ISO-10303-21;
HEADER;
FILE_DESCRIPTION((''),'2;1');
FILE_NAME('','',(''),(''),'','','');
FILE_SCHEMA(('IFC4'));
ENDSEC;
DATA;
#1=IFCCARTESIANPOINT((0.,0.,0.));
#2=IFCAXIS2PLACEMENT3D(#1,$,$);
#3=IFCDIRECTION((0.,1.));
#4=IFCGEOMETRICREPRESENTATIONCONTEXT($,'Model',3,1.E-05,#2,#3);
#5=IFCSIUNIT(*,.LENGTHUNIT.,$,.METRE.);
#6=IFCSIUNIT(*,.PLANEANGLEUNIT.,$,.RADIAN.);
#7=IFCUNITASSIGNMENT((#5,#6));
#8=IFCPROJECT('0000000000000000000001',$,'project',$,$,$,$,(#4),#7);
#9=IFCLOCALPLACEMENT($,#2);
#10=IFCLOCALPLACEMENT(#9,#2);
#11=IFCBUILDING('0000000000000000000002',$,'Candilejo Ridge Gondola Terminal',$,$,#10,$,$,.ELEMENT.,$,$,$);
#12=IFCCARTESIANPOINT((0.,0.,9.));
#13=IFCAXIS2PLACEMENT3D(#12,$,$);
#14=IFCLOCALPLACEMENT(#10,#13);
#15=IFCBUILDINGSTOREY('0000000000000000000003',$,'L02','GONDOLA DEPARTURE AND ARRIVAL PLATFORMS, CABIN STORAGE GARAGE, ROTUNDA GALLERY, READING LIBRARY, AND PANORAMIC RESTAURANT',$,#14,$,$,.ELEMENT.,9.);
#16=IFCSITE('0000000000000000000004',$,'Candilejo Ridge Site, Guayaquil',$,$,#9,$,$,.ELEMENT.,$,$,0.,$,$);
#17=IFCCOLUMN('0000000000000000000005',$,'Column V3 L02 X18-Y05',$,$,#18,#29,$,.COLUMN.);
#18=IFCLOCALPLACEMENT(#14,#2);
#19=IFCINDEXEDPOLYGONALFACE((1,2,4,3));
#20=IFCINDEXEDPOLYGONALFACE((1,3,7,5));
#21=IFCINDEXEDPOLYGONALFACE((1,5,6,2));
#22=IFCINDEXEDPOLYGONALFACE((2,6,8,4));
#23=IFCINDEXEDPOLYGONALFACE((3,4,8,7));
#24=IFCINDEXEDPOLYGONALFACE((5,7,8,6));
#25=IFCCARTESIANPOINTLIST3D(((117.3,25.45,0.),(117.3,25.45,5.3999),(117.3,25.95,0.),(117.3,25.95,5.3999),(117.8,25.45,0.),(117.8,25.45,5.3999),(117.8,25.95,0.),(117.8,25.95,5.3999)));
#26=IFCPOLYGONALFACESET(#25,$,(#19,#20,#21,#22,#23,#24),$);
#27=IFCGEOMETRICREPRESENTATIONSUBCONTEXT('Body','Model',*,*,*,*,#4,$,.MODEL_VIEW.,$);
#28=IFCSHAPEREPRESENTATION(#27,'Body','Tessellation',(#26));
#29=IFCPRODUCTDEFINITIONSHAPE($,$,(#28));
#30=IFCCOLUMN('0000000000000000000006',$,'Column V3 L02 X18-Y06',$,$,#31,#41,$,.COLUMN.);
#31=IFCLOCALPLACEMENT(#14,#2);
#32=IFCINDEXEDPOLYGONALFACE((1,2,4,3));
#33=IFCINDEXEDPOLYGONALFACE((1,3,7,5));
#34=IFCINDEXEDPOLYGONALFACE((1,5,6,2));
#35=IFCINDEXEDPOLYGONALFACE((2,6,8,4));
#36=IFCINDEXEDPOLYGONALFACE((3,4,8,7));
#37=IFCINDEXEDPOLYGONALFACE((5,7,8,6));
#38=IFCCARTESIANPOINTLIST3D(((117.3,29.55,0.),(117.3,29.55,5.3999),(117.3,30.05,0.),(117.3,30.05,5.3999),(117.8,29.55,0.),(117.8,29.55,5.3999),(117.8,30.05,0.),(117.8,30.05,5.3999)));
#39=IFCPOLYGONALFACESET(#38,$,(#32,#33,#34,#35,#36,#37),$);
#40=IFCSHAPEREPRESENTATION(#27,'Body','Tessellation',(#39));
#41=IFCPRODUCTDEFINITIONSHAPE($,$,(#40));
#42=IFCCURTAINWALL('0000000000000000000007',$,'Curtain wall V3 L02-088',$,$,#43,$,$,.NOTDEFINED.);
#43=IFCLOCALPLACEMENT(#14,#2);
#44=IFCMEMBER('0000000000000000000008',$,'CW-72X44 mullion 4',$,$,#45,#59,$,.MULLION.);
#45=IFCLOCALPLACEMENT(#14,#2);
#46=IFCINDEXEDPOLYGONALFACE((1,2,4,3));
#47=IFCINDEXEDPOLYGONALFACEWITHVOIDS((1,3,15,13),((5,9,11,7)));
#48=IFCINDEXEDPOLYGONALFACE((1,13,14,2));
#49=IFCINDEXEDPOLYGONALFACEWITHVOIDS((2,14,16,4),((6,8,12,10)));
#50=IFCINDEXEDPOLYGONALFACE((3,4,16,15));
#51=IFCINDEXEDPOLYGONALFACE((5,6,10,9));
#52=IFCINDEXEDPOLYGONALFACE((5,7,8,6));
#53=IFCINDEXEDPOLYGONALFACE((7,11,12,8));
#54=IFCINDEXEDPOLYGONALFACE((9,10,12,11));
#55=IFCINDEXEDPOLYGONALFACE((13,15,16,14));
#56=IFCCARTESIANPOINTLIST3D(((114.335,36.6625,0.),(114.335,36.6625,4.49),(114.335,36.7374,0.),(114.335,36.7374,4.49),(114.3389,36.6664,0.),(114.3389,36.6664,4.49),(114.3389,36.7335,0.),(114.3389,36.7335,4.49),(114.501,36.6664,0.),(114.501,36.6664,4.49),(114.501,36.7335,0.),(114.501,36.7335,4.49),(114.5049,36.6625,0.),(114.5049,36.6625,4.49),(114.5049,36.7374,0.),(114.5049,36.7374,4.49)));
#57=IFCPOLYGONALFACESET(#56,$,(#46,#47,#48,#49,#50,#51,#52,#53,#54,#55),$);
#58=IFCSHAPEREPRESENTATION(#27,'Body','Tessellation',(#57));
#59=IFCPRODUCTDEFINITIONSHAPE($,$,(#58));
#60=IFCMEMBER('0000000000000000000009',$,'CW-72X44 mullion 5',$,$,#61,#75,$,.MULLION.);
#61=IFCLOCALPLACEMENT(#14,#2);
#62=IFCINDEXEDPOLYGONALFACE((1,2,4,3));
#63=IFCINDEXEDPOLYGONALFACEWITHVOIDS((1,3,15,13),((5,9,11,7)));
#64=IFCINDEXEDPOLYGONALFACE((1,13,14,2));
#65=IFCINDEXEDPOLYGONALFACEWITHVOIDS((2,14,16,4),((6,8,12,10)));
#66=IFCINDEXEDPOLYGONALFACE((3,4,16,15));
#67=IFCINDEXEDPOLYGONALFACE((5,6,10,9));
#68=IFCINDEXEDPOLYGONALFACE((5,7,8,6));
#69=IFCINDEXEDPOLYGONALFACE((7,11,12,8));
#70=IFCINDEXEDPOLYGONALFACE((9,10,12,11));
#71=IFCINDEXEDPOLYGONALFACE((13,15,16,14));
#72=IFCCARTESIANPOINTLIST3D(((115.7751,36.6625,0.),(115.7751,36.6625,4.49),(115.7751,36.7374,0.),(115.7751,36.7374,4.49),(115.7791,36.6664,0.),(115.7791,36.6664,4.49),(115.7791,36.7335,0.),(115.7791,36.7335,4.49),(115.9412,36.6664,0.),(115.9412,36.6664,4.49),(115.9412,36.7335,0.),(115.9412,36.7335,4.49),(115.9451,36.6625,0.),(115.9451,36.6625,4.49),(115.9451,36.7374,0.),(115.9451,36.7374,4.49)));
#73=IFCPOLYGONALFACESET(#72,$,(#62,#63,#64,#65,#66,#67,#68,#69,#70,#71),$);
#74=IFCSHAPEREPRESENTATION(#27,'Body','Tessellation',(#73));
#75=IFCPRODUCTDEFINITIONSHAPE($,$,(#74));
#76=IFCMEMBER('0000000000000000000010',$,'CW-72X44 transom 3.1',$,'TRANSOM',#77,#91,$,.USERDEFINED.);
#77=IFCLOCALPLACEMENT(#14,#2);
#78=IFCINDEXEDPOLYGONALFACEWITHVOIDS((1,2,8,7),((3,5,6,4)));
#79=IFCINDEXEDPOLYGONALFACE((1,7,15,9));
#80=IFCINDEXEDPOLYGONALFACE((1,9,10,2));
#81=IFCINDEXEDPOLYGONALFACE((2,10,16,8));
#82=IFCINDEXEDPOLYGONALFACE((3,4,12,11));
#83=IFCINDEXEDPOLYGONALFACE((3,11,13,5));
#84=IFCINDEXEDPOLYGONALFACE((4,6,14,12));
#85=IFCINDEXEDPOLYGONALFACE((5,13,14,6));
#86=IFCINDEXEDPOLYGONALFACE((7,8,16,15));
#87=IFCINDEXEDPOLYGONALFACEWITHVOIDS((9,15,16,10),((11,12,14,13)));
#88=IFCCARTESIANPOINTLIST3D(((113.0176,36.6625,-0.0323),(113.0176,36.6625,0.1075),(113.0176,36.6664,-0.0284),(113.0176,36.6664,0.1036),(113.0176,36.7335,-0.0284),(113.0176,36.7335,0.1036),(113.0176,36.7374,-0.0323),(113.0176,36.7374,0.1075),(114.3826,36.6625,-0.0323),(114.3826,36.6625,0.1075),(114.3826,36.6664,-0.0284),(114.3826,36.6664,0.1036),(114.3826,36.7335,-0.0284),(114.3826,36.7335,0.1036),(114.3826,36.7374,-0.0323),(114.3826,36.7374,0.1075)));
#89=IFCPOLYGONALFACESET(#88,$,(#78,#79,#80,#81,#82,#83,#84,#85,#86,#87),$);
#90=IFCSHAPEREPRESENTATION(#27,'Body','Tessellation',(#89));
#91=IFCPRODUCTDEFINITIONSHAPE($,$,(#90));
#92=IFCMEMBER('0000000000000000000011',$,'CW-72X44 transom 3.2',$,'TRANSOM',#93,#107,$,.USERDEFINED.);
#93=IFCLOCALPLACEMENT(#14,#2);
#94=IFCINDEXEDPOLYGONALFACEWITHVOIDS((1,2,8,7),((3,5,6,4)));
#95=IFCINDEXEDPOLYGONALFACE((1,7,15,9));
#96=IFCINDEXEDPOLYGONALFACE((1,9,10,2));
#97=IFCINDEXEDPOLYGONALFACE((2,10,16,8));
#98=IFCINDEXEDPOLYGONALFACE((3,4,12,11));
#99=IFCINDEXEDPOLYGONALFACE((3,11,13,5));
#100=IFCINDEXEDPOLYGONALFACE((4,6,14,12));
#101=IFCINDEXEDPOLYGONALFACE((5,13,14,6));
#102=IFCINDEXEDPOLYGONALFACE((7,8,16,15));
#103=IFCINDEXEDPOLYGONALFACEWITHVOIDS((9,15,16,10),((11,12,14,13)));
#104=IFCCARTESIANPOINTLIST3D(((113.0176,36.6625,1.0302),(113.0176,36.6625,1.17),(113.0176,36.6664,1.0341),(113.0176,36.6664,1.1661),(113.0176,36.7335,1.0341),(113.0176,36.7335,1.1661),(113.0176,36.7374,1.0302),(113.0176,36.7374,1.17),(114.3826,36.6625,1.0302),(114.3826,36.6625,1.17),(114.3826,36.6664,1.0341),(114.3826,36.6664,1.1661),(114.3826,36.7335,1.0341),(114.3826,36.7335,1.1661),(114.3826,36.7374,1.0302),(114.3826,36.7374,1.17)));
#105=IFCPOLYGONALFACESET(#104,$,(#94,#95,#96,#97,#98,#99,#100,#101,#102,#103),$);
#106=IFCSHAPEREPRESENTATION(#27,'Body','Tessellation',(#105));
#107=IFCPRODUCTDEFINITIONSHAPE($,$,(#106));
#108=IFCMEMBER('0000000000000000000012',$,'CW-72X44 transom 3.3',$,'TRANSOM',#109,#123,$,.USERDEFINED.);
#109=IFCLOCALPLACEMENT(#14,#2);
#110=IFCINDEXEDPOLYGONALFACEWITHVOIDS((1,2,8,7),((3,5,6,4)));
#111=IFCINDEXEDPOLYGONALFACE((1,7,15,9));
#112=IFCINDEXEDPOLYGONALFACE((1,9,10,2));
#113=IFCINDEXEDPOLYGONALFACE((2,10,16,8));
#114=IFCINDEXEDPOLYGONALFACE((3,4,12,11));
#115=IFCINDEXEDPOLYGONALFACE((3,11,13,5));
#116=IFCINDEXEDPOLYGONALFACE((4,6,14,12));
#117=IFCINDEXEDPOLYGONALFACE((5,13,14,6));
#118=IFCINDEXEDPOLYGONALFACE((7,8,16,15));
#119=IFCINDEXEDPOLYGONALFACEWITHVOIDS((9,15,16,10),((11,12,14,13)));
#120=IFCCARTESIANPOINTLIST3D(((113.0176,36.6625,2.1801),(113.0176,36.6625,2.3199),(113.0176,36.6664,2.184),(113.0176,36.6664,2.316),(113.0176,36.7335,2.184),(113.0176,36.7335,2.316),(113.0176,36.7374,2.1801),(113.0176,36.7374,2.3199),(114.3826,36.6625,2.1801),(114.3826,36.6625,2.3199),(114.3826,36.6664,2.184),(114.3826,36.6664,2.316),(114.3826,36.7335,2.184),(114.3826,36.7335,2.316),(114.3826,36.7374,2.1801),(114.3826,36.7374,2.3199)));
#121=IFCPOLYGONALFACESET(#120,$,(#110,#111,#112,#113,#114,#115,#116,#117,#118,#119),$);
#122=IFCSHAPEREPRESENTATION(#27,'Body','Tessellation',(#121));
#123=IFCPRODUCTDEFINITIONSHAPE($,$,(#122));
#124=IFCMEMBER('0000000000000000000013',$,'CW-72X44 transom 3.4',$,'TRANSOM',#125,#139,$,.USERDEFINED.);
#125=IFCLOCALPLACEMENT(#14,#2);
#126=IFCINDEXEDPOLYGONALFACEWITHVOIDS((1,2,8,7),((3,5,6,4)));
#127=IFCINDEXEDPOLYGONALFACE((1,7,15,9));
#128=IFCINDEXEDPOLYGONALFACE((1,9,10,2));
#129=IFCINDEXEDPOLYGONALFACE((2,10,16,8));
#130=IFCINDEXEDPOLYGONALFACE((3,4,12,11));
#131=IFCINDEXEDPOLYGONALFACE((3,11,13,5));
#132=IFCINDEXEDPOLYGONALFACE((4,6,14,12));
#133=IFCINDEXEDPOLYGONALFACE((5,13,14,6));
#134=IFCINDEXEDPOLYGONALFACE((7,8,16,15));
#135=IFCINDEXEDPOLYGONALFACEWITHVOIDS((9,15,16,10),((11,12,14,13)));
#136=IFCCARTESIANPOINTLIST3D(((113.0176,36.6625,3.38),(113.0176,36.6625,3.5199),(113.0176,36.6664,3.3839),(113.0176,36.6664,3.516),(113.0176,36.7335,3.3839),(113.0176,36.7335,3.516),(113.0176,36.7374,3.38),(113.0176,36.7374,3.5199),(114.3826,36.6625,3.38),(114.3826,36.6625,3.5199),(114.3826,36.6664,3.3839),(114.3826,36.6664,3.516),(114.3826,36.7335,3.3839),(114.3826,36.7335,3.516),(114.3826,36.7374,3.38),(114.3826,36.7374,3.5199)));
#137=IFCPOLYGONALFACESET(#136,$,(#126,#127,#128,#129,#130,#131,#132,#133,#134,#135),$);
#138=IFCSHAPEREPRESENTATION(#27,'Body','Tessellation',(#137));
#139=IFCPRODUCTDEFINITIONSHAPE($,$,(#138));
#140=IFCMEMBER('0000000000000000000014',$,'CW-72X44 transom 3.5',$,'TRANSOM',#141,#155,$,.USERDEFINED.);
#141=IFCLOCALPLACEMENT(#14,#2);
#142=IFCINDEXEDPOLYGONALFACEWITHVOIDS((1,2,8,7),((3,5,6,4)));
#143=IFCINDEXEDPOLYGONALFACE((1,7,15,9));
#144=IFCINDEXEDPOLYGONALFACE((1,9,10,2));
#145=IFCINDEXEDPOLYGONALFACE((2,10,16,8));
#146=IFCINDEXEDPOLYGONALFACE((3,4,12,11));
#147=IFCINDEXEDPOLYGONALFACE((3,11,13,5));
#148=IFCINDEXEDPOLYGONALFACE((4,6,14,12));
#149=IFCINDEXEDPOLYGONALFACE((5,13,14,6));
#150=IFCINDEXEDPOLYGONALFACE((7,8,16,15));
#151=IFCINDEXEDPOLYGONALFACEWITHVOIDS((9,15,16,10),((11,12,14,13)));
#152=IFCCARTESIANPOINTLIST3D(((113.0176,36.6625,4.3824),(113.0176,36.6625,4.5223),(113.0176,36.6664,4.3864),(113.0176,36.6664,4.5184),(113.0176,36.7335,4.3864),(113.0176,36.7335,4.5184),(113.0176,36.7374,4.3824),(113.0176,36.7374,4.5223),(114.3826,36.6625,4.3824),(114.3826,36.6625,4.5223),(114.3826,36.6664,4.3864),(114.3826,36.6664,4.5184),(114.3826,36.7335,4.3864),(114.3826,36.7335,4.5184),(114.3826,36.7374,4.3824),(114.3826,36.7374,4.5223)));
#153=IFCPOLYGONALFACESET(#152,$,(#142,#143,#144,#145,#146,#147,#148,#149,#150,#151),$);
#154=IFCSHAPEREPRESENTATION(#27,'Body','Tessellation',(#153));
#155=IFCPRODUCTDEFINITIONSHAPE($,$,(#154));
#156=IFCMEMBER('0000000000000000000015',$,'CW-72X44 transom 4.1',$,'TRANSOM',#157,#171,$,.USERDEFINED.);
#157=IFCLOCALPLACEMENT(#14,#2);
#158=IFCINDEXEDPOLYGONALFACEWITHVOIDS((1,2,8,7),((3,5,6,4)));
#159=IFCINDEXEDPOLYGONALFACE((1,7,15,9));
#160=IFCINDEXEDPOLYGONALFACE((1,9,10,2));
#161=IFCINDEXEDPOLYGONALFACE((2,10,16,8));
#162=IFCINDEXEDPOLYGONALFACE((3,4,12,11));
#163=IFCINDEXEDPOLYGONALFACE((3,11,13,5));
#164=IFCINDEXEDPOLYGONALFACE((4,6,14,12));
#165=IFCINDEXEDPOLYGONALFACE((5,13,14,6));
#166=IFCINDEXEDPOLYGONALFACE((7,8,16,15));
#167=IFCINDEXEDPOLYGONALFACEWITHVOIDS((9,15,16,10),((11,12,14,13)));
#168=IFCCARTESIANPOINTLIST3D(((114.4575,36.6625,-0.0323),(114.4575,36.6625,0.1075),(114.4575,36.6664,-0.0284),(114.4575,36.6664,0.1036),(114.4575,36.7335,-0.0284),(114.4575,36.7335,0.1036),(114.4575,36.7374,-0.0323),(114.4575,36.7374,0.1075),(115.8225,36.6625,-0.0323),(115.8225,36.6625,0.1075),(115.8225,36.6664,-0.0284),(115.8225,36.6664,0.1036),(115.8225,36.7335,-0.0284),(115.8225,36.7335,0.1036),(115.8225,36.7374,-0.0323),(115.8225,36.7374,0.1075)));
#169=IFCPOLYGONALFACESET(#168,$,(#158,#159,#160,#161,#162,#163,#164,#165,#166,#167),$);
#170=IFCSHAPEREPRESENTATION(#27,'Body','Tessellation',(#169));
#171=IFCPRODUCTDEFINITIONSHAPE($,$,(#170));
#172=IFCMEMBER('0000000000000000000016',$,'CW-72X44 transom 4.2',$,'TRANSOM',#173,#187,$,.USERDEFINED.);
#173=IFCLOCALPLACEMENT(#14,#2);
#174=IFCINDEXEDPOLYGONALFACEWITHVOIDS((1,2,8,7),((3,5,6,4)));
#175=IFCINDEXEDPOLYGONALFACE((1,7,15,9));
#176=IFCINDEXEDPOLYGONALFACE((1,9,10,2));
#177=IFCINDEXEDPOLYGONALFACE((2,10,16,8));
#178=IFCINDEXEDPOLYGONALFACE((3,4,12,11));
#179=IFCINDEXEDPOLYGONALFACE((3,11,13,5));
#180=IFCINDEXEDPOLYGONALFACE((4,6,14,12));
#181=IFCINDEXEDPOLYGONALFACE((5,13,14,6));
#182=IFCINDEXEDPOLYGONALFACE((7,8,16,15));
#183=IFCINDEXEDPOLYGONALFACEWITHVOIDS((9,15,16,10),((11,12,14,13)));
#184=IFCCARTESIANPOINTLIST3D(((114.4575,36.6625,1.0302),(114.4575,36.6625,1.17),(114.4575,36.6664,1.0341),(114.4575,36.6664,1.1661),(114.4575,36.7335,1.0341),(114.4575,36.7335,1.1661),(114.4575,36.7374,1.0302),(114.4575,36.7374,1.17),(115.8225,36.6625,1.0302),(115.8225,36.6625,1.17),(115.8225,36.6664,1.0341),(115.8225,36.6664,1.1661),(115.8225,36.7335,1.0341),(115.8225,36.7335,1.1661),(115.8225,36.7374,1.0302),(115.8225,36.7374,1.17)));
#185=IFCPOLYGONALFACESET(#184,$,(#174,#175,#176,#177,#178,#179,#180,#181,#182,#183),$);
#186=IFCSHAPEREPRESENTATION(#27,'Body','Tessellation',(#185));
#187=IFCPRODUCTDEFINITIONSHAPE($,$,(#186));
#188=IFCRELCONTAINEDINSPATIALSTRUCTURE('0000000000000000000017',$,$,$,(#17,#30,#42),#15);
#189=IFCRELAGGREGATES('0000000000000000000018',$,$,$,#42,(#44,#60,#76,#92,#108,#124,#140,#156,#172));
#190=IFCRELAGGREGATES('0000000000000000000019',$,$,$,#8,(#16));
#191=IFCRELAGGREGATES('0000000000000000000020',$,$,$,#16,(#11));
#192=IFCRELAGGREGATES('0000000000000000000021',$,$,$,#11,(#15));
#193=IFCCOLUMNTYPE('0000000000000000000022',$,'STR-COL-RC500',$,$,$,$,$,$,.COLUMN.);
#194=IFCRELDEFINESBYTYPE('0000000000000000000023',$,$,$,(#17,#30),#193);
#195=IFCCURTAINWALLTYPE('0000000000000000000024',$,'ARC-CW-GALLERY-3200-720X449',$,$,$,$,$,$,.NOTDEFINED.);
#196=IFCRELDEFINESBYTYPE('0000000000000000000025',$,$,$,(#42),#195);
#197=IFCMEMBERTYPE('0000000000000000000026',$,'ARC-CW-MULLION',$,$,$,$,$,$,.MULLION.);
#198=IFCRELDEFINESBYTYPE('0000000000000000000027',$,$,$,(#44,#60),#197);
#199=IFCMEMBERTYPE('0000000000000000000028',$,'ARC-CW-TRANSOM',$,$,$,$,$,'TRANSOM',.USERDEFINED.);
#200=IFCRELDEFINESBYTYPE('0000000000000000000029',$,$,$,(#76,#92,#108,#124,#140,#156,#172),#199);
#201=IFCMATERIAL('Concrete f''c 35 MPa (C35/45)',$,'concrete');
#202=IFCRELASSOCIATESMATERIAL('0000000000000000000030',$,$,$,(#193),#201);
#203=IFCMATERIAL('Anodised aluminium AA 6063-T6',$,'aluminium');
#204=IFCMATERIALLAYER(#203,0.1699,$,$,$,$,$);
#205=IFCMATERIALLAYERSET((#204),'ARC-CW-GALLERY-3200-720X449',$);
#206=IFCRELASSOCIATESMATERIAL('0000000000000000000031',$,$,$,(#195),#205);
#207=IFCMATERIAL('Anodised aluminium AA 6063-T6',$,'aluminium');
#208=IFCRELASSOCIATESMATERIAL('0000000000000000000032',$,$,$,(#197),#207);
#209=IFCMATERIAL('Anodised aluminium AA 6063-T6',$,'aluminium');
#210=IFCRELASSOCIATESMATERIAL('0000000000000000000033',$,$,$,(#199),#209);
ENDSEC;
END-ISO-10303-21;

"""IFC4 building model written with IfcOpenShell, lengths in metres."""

from ifc_helpers import new_model, si_unit, direction, frame, origin, origin_2d, place, context, subcontext, project, spatial, rectangle, hollow_rectangle, extrude, material, layer, layer_set, material_profile, profile_set, type_object, element, aggregate, save


model = new_model("IFC4")

# Units and contexts
model_context = context("Model", 3, precision=1e-05, world=origin(), true_north=direction((0.0, 1.0)))
body_context = subcontext(model_context, "Body", "Model", "MODEL_VIEW")
ifc_project = project(units=[si_unit("LENGTHUNIT", "METRE"), si_unit("PLANEANGLEUNIT", "RADIAN")], contexts=[model_context])

# Site, building, storey
site_placement = place(None, origin())
site = spatial("IfcSite", under=ifc_project, at=site_placement, Name="Candilejo Ridge Site, Guayaquil", CompositionType="ELEMENT", RefElevation=0.0)
building_placement = place(site_placement, origin())
building = spatial("IfcBuilding", under=site, at=building_placement, Name="Candilejo Ridge Gondola Terminal", CompositionType="ELEMENT")
storey_placement = place(building_placement, frame((0.0, 0.0, 9.0)))
storey = spatial("IfcBuildingStorey", under=building, at=storey_placement, Name="L02", Description="GONDOLA DEPARTURE AND ARRIVAL PLATFORMS, CABIN STORAGE GARAGE, ROTUNDA GALLERY, READING LIBRARY, AND PANORAMIC RESTAURANT", CompositionType="ELEMENT", Elevation=9.0)

# Columns
ifc_material_1 = material(Name="Concrete f'c 35 MPa (C35/45)", Category="concrete")
ifc_material_profile_1 = material_profile(ifc_material_1, rectangle(XDim=0.5, YDim=0.5, at=origin_2d()))
ifc_profile_set_1 = profile_set([ifc_material_profile_1], Name="Concrete f'c 35 MPa (C35/45)")
column_type = type_object("IfcColumnType", Name="STR-COL-RC500", PredefinedType="COLUMN", material=ifc_profile_set_1)
for number, where, z_axis, x_axis, name in (
    (1, (117.55, 25.7, 0.0), (0.0, 0.0, 1.0), (1.0, 0.0, 0.0), "Column V3 L02 X18-Y05"),
    (2, (117.55, 29.8, 0.0), (0.0, 0.0, 1.0), (1.0, 0.0, 0.0), "Column V3 L02 X18-Y06"),
):
    element("IfcColumn", number, at=place(storey_placement, frame(where, z_axis=z_axis, x_axis=x_axis)), inside=storey, type_object=column_type, Name=name, PredefinedType="COLUMN", context=body_context, shape_type="SweptSolid", body=[
        extrude(rectangle(XDim=0.5, YDim=0.5, at=origin_2d()), origin(), (0.0, 0.0, 1.0), 5.3999),
    ])

# Curtain wall, members
ifc_material_2 = material(Name="Anodised aluminium AA 6063-T6", Category="aluminium")
ifc_layer_1 = layer(ifc_material_2, 0.1699)
ifc_layer_set_1 = layer_set([ifc_layer_1], Name="ARC-CW-GALLERY-3200-720X449")
curtain_wall_type = type_object("IfcCurtainWallType", Name="ARC-CW-GALLERY-3200-720X449", PredefinedType="NOTDEFINED", material=ifc_layer_set_1)
curtain_wall_placement = place(storey_placement, origin())
curtain_wall = element("IfcCurtainWall", 3, at=curtain_wall_placement, inside=storey, type_object=curtain_wall_type, Name="Curtain wall V3 L02-088", PredefinedType="NOTDEFINED")
ifc_material_3 = material(Name="Anodised aluminium AA 6063-T6", Category="aluminium")
ifc_material_profile_2 = material_profile(ifc_material_3, hollow_rectangle(XDim=0.075, YDim=0.1699, WallThickness=0.0039, at=origin_2d()))
ifc_profile_set_2 = profile_set([ifc_material_profile_2], Name="Anodised aluminium AA 6063-T6")
member_type_1 = type_object("IfcMemberType", Name="ARC-CW-MULLION", PredefinedType="MULLION", material=ifc_profile_set_2)
member_1_placement = place(storey_placement, frame((114.4199, 36.7, 0.0), z_axis=(0.0, 0.0, 1.0), x_axis=(0.0, 1.0, 0.0)))
member_1 = element("IfcMember", 4, at=member_1_placement, type_object=member_type_1, Name="CW-72X44 mullion 4", PredefinedType="MULLION", context=body_context, shape_type="SweptSolid", body=[
    extrude(hollow_rectangle(XDim=0.075, YDim=0.1699, WallThickness=0.0039, at=origin_2d()), origin(), (0.0, 0.0, 1.0), 4.49),
])
member_2_placement = place(storey_placement, frame((115.8601, 36.7, 0.0), z_axis=(0.0, 0.0, 1.0), x_axis=(0.0, 1.0, 0.0)))
member_2 = element("IfcMember", 5, at=member_2_placement, type_object=member_type_1, Name="CW-72X44 mullion 5", PredefinedType="MULLION", context=body_context, shape_type="SweptSolid", body=[
    extrude(hollow_rectangle(XDim=0.075, YDim=0.1699, WallThickness=0.0039, at=origin_2d()), origin(), (0.0, 0.0, 1.0), 4.49),
])
ifc_material_4 = material(Name="Anodised aluminium AA 6063-T6", Category="aluminium")
ifc_material_profile_3 = material_profile(ifc_material_4, hollow_rectangle(XDim=0.075, YDim=0.1399, WallThickness=0.0039, at=origin_2d()))
ifc_profile_set_3 = profile_set([ifc_material_profile_3], Name="Anodised aluminium AA 6063-T6")
member_type_2 = type_object("IfcMemberType", Name="ARC-CW-TRANSOM", ElementType="TRANSOM", PredefinedType="USERDEFINED", material=ifc_profile_set_3)
member_3_placement = place(storey_placement, frame((113.0176, 36.7, 0.0376), z_axis=(1.0, 0.0, 0.0), x_axis=(0.0, 1.0, 0.0)))
member_3 = element("IfcMember", 6, at=member_3_placement, type_object=member_type_2, Name="CW-72X44 transom 3.1", ObjectType="TRANSOM", PredefinedType="USERDEFINED", context=body_context, shape_type="SweptSolid", body=[
    extrude(hollow_rectangle(XDim=0.075, YDim=0.1399, WallThickness=0.0039, at=origin_2d()), origin(), (0.0, 0.0, 1.0), 1.365),
])
member_4_placement = place(storey_placement, frame((113.0176, 36.7, 1.1001), z_axis=(1.0, 0.0, 0.0), x_axis=(0.0, 1.0, 0.0)))
member_4 = element("IfcMember", 7, at=member_4_placement, type_object=member_type_2, Name="CW-72X44 transom 3.2", ObjectType="TRANSOM", PredefinedType="USERDEFINED", context=body_context, shape_type="SweptSolid", body=[
    extrude(hollow_rectangle(XDim=0.075, YDim=0.1399, WallThickness=0.0039, at=origin_2d()), origin(), (0.0, 0.0, 1.0), 1.365),
])
member_5_placement = place(storey_placement, frame((113.0176, 36.7, 2.25), z_axis=(1.0, 0.0, 0.0), x_axis=(0.0, 1.0, 0.0)))
member_5 = element("IfcMember", 8, at=member_5_placement, type_object=member_type_2, Name="CW-72X44 transom 3.3", ObjectType="TRANSOM", PredefinedType="USERDEFINED", context=body_context, shape_type="SweptSolid", body=[
    extrude(hollow_rectangle(XDim=0.075, YDim=0.1399, WallThickness=0.0039, at=origin_2d()), origin(), (0.0, 0.0, 1.0), 1.365),
])
member_6_placement = place(storey_placement, frame((113.0176, 36.7, 3.45), z_axis=(1.0, 0.0, 0.0), x_axis=(0.0, 1.0, 0.0)))
member_6 = element("IfcMember", 9, at=member_6_placement, type_object=member_type_2, Name="CW-72X44 transom 3.4", ObjectType="TRANSOM", PredefinedType="USERDEFINED", context=body_context, shape_type="SweptSolid", body=[
    extrude(hollow_rectangle(XDim=0.075, YDim=0.1399, WallThickness=0.0039, at=origin_2d()), origin(), (0.0, 0.0, 1.0), 1.365),
])
member_7_placement = place(storey_placement, frame((113.0176, 36.7, 4.4524), z_axis=(1.0, 0.0, 0.0), x_axis=(0.0, 1.0, 0.0)))
member_7 = element("IfcMember", 10, at=member_7_placement, type_object=member_type_2, Name="CW-72X44 transom 3.5", ObjectType="TRANSOM", PredefinedType="USERDEFINED", context=body_context, shape_type="SweptSolid", body=[
    extrude(hollow_rectangle(XDim=0.075, YDim=0.1399, WallThickness=0.0039, at=origin_2d()), origin(), (0.0, 0.0, 1.0), 1.365),
])
member_8_placement = place(storey_placement, frame((114.4575, 36.7, 0.0376), z_axis=(1.0, 0.0, 0.0), x_axis=(0.0, 1.0, 0.0)))
member_8 = element("IfcMember", 11, at=member_8_placement, type_object=member_type_2, Name="CW-72X44 transom 4.1", ObjectType="TRANSOM", PredefinedType="USERDEFINED", context=body_context, shape_type="SweptSolid", body=[
    extrude(hollow_rectangle(XDim=0.075, YDim=0.1399, WallThickness=0.0039, at=origin_2d()), origin(), (0.0, 0.0, 1.0), 1.365),
])
member_9_placement = place(storey_placement, frame((114.4575, 36.7, 1.1001), z_axis=(1.0, 0.0, 0.0), x_axis=(0.0, 1.0, 0.0)))
member_9 = element("IfcMember", 12, at=member_9_placement, type_object=member_type_2, Name="CW-72X44 transom 4.2", ObjectType="TRANSOM", PredefinedType="USERDEFINED", context=body_context, shape_type="SweptSolid", body=[
    extrude(hollow_rectangle(XDim=0.075, YDim=0.1399, WallThickness=0.0039, at=origin_2d()), origin(), (0.0, 0.0, 1.0), 1.365),
])

aggregate(curtain_wall, [member_1, member_2, member_3, member_4, member_5, member_6, member_7, member_8, member_9])

save(model, "model.ifc")
